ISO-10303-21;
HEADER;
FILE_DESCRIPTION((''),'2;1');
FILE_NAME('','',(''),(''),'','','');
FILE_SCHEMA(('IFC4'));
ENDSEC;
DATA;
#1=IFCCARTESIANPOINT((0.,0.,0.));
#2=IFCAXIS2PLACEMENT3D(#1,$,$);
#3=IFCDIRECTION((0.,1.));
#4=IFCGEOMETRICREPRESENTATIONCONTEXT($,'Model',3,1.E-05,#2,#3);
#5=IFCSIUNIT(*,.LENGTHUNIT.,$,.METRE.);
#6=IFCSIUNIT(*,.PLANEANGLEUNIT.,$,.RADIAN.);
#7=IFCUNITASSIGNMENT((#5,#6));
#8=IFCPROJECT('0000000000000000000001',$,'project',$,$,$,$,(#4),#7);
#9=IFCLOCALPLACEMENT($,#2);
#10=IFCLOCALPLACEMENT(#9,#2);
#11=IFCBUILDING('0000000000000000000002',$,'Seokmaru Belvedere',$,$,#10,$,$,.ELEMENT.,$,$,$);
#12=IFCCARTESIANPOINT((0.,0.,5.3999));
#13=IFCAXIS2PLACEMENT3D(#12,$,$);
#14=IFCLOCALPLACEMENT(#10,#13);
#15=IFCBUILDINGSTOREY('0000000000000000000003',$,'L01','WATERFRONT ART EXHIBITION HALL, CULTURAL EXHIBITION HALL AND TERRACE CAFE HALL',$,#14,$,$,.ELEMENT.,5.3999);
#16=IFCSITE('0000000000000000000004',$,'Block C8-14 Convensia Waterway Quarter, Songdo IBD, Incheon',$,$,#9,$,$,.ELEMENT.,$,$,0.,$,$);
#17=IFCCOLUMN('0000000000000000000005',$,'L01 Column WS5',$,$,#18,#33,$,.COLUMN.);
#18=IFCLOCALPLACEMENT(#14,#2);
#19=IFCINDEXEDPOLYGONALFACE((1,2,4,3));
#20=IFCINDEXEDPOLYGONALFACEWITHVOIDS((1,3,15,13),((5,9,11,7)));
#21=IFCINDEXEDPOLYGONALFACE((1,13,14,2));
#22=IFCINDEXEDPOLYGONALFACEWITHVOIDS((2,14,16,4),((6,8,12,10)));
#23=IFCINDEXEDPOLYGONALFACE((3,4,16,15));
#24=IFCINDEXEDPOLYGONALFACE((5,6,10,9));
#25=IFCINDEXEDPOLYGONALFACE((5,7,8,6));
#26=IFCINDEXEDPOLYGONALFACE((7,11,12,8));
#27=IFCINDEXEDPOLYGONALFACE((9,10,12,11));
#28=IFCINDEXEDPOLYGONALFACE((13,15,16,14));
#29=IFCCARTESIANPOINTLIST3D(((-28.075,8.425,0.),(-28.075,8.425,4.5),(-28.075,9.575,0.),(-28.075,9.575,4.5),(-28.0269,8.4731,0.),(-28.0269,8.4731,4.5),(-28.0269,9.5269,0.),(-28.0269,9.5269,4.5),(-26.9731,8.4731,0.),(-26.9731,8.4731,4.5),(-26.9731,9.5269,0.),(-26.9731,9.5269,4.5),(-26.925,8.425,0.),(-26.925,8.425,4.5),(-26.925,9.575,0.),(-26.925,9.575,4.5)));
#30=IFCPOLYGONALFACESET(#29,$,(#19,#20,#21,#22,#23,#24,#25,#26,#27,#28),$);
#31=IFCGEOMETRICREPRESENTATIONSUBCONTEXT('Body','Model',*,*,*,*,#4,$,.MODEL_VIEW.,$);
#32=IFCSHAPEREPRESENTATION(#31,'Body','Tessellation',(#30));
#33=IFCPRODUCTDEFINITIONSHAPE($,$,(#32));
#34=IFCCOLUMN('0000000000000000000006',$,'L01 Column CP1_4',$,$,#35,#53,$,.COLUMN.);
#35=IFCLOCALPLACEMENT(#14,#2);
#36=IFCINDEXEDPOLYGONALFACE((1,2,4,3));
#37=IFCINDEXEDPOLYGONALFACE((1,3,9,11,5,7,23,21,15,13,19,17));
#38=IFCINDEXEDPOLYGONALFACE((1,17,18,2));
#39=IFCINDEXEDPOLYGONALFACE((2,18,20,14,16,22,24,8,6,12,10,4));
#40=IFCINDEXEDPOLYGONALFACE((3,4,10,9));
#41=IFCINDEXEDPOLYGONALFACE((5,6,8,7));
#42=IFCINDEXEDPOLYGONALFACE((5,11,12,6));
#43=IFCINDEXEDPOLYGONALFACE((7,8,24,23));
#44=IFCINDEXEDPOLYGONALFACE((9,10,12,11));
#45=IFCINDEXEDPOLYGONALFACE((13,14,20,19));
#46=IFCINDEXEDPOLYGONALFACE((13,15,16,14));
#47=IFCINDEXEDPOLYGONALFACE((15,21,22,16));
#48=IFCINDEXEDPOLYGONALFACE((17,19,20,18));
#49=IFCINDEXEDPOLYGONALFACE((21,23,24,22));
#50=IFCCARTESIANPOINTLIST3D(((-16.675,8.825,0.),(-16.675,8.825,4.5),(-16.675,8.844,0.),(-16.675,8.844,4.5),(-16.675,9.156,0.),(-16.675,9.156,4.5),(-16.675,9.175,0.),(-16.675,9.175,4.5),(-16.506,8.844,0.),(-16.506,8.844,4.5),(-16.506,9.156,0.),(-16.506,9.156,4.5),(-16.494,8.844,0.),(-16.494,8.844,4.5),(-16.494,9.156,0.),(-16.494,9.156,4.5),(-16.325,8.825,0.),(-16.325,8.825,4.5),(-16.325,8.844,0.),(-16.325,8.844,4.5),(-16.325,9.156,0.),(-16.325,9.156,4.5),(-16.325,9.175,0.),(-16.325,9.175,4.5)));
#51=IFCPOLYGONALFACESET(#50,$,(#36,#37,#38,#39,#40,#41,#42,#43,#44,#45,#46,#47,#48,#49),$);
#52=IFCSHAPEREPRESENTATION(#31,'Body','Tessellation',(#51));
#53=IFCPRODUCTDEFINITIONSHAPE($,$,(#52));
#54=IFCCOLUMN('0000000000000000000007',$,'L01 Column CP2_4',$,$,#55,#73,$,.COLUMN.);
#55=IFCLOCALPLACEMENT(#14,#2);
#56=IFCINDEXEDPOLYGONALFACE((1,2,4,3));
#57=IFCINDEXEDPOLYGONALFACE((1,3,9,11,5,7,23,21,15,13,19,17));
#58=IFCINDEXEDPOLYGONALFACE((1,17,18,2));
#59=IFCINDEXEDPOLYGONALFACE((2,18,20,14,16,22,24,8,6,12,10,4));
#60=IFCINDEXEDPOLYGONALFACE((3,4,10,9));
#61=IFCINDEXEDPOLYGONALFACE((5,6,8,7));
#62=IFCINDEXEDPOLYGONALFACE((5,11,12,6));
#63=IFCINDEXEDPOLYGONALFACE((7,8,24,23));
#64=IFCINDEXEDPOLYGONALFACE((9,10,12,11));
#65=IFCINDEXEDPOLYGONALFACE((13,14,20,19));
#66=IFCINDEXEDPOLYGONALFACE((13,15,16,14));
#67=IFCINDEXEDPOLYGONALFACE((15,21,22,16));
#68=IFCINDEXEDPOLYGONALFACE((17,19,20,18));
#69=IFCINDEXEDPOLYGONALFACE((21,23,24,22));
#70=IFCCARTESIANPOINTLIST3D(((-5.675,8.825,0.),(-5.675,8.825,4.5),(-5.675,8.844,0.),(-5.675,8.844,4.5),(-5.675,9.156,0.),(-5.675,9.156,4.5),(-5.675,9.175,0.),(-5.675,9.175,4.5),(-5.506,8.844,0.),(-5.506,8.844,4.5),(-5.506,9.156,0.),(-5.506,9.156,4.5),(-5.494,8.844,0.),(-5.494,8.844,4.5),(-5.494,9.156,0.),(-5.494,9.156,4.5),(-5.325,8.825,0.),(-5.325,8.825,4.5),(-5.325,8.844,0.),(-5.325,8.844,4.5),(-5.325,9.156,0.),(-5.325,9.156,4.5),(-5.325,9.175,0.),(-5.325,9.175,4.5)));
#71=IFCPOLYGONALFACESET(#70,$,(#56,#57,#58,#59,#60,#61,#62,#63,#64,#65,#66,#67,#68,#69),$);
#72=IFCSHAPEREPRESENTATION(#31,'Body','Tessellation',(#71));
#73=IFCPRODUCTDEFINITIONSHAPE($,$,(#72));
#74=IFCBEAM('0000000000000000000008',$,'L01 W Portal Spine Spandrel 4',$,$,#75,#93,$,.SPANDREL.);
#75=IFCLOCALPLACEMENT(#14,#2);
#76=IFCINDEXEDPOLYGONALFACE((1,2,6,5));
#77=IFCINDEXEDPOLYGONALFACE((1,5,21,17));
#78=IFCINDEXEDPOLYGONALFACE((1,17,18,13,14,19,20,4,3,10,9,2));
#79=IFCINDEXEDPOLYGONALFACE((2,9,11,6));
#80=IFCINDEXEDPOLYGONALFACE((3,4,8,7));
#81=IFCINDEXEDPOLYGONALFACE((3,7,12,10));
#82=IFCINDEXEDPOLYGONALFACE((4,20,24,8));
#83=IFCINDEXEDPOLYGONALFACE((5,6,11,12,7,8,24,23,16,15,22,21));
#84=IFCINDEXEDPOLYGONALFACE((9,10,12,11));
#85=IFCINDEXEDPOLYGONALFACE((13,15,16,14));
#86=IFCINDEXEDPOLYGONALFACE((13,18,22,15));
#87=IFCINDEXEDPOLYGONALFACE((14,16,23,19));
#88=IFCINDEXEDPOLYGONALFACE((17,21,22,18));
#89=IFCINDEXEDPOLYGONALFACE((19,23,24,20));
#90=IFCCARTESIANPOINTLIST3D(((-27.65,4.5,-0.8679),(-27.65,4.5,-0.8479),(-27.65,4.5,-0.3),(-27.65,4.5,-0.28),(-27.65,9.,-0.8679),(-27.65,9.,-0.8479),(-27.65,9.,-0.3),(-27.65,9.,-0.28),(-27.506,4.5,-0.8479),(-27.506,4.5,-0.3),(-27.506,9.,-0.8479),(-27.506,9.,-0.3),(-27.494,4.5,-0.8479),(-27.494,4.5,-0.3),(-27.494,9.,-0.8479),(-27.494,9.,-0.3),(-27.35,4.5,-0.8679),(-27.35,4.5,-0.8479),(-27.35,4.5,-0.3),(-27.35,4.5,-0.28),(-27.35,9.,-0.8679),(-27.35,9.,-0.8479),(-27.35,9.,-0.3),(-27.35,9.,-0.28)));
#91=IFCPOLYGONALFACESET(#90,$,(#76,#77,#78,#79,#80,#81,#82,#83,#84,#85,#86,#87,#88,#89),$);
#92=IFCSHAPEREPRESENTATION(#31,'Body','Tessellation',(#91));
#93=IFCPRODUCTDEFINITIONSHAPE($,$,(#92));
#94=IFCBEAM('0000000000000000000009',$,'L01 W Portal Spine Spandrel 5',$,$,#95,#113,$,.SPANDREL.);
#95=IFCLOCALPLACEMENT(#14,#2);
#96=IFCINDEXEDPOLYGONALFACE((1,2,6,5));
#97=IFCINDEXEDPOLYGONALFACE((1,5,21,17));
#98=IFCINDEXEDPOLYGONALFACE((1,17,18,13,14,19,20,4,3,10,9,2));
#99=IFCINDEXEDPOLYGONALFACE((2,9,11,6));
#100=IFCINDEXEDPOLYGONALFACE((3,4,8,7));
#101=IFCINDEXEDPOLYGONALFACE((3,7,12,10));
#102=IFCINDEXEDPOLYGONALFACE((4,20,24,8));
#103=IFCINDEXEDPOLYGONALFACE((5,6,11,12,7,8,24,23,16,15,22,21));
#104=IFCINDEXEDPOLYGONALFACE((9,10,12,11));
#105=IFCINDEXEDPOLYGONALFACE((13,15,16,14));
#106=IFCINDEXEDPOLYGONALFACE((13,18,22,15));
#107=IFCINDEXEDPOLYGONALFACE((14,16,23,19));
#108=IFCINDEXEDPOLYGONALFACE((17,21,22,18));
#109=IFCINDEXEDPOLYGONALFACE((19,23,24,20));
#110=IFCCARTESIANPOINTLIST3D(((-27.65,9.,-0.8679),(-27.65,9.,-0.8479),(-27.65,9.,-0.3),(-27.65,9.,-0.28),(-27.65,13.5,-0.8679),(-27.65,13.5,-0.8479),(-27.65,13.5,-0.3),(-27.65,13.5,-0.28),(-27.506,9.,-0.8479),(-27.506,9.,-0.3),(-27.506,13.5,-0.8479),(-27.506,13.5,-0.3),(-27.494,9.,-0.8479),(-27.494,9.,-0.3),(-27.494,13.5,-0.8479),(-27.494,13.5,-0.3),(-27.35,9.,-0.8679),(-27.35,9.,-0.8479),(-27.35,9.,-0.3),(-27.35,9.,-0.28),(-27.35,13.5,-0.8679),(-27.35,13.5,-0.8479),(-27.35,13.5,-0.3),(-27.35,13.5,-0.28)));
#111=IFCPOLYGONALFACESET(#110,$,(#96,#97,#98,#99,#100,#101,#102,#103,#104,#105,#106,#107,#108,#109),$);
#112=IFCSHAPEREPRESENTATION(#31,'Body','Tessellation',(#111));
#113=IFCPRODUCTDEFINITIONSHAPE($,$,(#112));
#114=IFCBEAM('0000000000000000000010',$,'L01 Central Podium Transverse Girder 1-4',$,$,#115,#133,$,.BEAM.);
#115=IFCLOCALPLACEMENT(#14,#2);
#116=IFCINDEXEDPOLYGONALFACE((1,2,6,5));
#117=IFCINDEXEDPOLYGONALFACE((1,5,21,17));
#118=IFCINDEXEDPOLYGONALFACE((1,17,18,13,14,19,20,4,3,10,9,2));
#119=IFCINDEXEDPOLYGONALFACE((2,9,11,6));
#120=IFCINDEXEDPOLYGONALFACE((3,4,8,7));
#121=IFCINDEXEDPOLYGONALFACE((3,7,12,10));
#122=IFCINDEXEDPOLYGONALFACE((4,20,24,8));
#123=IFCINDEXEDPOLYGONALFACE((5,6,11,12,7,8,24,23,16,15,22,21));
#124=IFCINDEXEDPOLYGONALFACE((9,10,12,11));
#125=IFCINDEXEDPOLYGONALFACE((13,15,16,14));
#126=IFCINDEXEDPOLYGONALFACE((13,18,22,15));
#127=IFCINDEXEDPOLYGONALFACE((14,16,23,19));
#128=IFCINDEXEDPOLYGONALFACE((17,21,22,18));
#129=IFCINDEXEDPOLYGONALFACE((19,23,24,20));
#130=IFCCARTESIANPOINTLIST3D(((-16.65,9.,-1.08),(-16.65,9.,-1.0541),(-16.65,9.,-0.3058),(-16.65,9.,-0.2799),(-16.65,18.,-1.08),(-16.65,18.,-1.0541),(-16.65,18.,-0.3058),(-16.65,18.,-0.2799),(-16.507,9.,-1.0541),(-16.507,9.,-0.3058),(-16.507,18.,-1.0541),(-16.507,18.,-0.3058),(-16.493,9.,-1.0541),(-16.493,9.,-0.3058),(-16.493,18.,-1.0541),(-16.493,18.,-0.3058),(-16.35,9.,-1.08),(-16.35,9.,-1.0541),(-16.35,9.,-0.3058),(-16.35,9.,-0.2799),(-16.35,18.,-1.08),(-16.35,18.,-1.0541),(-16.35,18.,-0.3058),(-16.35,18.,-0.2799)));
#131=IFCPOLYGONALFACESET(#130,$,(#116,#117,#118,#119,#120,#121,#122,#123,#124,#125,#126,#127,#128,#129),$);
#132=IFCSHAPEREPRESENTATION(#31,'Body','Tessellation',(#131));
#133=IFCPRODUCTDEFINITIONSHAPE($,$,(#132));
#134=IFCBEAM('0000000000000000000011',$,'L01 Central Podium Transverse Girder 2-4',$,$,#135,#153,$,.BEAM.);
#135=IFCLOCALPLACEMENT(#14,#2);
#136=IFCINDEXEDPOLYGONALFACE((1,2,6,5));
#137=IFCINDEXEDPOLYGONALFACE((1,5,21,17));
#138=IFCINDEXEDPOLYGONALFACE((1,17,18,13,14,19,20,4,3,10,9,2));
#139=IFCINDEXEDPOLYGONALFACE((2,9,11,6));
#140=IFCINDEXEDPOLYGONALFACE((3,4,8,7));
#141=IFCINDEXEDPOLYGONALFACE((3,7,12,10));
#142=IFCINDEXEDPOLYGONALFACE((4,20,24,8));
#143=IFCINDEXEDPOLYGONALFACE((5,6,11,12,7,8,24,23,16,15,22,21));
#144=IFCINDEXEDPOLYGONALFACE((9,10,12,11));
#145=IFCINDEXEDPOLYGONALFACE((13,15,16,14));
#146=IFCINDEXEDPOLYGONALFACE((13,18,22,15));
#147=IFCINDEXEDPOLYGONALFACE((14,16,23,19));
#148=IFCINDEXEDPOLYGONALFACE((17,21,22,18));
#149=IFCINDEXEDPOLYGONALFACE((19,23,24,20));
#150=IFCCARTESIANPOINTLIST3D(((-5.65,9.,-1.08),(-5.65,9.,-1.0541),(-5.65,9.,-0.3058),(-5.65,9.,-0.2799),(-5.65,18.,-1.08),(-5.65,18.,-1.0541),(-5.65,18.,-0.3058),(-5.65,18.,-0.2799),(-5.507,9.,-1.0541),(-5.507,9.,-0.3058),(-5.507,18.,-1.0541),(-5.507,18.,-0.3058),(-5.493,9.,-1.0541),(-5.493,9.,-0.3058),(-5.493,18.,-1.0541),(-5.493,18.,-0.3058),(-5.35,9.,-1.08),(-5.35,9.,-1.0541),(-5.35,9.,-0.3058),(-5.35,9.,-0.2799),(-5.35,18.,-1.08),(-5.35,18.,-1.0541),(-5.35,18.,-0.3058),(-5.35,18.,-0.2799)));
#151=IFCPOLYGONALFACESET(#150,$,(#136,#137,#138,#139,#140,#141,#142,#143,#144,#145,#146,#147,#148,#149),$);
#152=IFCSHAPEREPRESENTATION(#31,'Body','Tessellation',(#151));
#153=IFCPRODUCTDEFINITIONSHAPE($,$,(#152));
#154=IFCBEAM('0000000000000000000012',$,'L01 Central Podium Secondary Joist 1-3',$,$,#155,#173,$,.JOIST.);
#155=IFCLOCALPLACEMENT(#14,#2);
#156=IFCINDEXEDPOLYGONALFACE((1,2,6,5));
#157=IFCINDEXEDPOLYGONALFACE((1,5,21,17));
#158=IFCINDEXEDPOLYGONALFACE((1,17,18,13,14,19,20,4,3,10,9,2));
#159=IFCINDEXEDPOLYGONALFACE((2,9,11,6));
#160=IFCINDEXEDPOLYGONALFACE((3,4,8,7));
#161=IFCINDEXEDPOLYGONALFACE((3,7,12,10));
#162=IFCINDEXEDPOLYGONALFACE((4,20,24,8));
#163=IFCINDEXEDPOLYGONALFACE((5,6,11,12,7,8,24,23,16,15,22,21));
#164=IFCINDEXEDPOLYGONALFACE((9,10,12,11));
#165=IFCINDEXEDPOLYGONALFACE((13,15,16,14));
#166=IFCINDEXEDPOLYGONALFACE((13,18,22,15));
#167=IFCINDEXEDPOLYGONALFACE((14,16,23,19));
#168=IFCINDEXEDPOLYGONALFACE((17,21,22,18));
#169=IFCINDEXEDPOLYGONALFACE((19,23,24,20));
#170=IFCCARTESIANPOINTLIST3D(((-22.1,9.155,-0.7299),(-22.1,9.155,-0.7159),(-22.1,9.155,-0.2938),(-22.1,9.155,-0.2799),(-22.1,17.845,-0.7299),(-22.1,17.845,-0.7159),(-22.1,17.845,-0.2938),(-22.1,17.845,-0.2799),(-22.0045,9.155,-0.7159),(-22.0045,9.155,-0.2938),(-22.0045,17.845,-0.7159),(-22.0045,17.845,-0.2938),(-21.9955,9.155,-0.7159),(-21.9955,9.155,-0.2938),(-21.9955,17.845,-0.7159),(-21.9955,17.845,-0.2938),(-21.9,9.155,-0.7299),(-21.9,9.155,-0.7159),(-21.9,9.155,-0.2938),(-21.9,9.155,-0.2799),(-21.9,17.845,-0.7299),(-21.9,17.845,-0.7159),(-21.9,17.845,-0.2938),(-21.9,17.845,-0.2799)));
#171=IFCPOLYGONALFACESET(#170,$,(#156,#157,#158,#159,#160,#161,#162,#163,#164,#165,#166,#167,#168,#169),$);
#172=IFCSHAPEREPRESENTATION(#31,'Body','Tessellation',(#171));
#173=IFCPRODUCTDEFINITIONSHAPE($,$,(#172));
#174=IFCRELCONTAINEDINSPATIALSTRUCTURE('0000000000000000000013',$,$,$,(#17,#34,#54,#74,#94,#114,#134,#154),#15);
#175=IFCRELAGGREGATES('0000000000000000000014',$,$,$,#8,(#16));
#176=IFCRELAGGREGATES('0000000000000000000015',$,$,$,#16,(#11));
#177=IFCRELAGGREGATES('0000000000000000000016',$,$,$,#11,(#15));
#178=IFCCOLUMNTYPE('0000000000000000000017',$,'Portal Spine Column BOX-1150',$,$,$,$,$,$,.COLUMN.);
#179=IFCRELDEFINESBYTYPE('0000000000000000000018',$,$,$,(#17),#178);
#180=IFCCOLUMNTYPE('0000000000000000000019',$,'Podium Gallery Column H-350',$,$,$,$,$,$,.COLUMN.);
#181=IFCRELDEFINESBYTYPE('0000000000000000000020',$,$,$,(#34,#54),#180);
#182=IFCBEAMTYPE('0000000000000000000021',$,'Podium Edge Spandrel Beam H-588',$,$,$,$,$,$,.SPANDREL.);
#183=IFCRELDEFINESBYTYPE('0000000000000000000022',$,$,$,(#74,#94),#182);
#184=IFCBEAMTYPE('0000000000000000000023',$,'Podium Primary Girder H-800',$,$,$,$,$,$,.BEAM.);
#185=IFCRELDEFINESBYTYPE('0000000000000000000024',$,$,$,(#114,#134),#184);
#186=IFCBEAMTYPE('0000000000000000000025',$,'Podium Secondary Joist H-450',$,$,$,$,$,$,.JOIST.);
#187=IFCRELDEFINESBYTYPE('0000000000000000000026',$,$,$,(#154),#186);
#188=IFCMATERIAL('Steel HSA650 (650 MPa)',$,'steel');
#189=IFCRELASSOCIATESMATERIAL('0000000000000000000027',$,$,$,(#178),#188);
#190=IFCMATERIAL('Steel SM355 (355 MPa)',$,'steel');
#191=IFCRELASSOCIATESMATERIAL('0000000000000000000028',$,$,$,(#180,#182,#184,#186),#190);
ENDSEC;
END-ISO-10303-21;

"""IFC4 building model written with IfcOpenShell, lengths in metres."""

from ifc_helpers import new_model, si_unit, direction, frame, origin, origin_2d, place, context, subcontext, project, spatial, hollow_rectangle, i_section, extrude, source, transform, mapped, material, material_profile, profile_set, type_object, type_shapes, element, save


model = new_model("IFC4")

# Units and contexts
model_context = context("Model", 3, precision=1e-05, world=origin(), true_north=direction((0.0, 1.0)))
body_context = subcontext(model_context, "Body", "Model", "MODEL_VIEW")
ifc_project = project(units=[si_unit("LENGTHUNIT", "METRE"), si_unit("PLANEANGLEUNIT", "RADIAN")], contexts=[model_context])

# Site, building, storey
site_placement = place(None, origin())
site = spatial("IfcSite", under=ifc_project, at=site_placement, Name="Block C8-14 Convensia Waterway Quarter, Songdo IBD, Incheon", CompositionType="ELEMENT", RefElevation=0.0)
building_placement = place(site_placement, origin())
building = spatial("IfcBuilding", under=site, at=building_placement, Name="Seokmaru Belvedere", CompositionType="ELEMENT")
storey_placement = place(building_placement, frame((0.0, 0.0, 5.3999)))
storey = spatial("IfcBuildingStorey", under=building, at=storey_placement, Name="L01", Description="WATERFRONT ART EXHIBITION HALL, CULTURAL EXHIBITION HALL AND TERRACE CAFE HALL", CompositionType="ELEMENT", Elevation=5.3999)

# Columns
ifc_material_1 = material(Name="Steel HSA650 (650 MPa)", Category="steel")
ifc_material_profile_1 = material_profile(ifc_material_1, hollow_rectangle(XDim=1.1499, YDim=1.1499, WallThickness=0.0481, at=origin_2d()), Name="BOX-1150x1150x48")
ifc_profile_set_1 = profile_set([ifc_material_profile_1], Name="Steel HSA650 (650 MPa)")
column_type_1 = type_object("IfcColumnType", Name="Portal Spine Column BOX-1150", PredefinedType="COLUMN", material=ifc_profile_set_1)
shared_shape_1 = source(origin(), body_context, "Body", "SweptSolid", [
    extrude(hollow_rectangle(XDim=1.1499, YDim=1.1499, WallThickness=0.0481, at=origin_2d()), origin(), (0.0, 0.0, 1.0), 4.5),
])
type_shapes(column_type_1, [shared_shape_1])
column_placement = place(storey_placement, frame((-27.5, 9.0, 0.0), z_axis=(0.0, 0.0, 1.0), x_axis=(1.0, 0.0, 0.0)))
element("IfcColumn", 1, at=column_placement, inside=storey, type_object=column_type_1, Name="L01 Column WS5", PredefinedType="COLUMN", context=body_context, shape_type="MappedRepresentation", body=[
    mapped(shared_shape_1, transform((0.0, 0.0, 0.0), scale=1.0)),
])
ifc_material_2 = material(Name="Steel SM355 (355 MPa)", Category="steel")
ifc_material_profile_2 = material_profile(ifc_material_2, i_section(OverallWidth=0.3501, OverallDepth=0.3501, WebThickness=0.012, FlangeThickness=0.019, at=origin_2d()), Name="H-350x350x12x19")
ifc_profile_set_2 = profile_set([ifc_material_profile_2], Name="Steel SM355 (355 MPa)")
column_type_2 = type_object("IfcColumnType", Name="Podium Gallery Column H-350", PredefinedType="COLUMN", material=ifc_profile_set_2)
shared_shape_2 = source(origin(), body_context, "Body", "SweptSolid", [
    extrude(i_section(OverallWidth=0.3501, OverallDepth=0.3501, WebThickness=0.012, FlangeThickness=0.019, at=origin_2d()), origin(), (0.0, 0.0, 1.0), 4.5),
])
type_shapes(column_type_2, [shared_shape_2])
for number, where, z_axis, x_axis, name in (
    (2, (-16.5, 9.0, 0.0), (0.0, 0.0, 1.0), (1.0, 0.0, 0.0), "L01 Column CP1_4"),
    (3, (-5.5, 9.0, 0.0), (0.0, 0.0, 1.0), (1.0, 0.0, 0.0), "L01 Column CP2_4"),
):
    element("IfcColumn", number, at=place(storey_placement, frame(where, z_axis=z_axis, x_axis=x_axis)), inside=storey, type_object=column_type_2, Name=name, PredefinedType="COLUMN", context=body_context, shape_type="MappedRepresentation", body=[
        mapped(shared_shape_2, transform((0.0, 0.0, 0.0), scale=1.0)),
    ])

# Beams
ifc_material_profile_3 = material_profile(ifc_material_2, i_section(OverallWidth=0.3, OverallDepth=0.5879, WebThickness=0.012, FlangeThickness=0.02, at=origin_2d()), Name="H-588x300x12x20")
ifc_profile_set_3 = profile_set([ifc_material_profile_3], Name="Steel SM355 (355 MPa)")
beam_type_1 = type_object("IfcBeamType", Name="Podium Edge Spandrel Beam H-588", PredefinedType="SPANDREL", material=ifc_profile_set_3)
shared_shape_3 = source(origin(), body_context, "Body", "SweptSolid", [
    extrude(i_section(OverallWidth=0.3, OverallDepth=0.5879, WebThickness=0.012, FlangeThickness=0.02, at=origin_2d()), origin(), (0.0, 0.0, 1.0), 4.5),
])
type_shapes(beam_type_1, [shared_shape_3])
for number, where, z_axis, x_axis, name in (
    (4, (-27.5, 4.5, -0.574), (0.0, 1.0, 0.0), (-1.0, 0.0, 0.0), "L01 W Portal Spine Spandrel 4"),
    (5, (-27.5, 9.0, -0.574), (0.0, 1.0, 0.0), (-1.0, 0.0, 0.0), "L01 W Portal Spine Spandrel 5"),
):
    element("IfcBeam", number, at=place(storey_placement, frame(where, z_axis=z_axis, x_axis=x_axis)), inside=storey, type_object=beam_type_1, Name=name, PredefinedType="SPANDREL", context=body_context, shape_type="MappedRepresentation", body=[
        mapped(shared_shape_3, transform((0.0, 0.0, 0.0), scale=1.0)),
    ])
ifc_material_profile_4 = material_profile(ifc_material_2, i_section(OverallWidth=0.3, OverallDepth=0.8, WebThickness=0.0139, FlangeThickness=0.0259, at=origin_2d()), Name="H-800x300x14x26")
ifc_profile_set_4 = profile_set([ifc_material_profile_4], Name="Steel SM355 (355 MPa)")
beam_type_2 = type_object("IfcBeamType", Name="Podium Primary Girder H-800", PredefinedType="BEAM", material=ifc_profile_set_4)
shared_shape_4 = source(origin(), body_context, "Body", "SweptSolid", [
    extrude(i_section(OverallWidth=0.3, OverallDepth=0.8, WebThickness=0.0139, FlangeThickness=0.0259, at=origin_2d()), origin(), (0.0, 0.0, 1.0), 9.0),
])
for number, where, z_axis, x_axis, name in (
    (6, (-16.5, 9.0, -0.6799), (0.0, 1.0, 0.0), (-1.0, 0.0, 0.0), "L01 Central Podium Transverse Girder 1-4"),
    (7, (-5.5, 9.0, -0.6799), (0.0, 1.0, 0.0), (-1.0, 0.0, 0.0), "L01 Central Podium Transverse Girder 2-4"),
):
    element("IfcBeam", number, at=place(storey_placement, frame(where, z_axis=z_axis, x_axis=x_axis)), inside=storey, type_object=beam_type_2, Name=name, PredefinedType="BEAM", context=body_context, shape_type="MappedRepresentation", body=[
        mapped(shared_shape_4, transform((0.0, 0.0, 0.0), scale=1.0)),
    ])
ifc_material_profile_5 = material_profile(ifc_material_2, i_section(OverallWidth=0.2, OverallDepth=0.45, WebThickness=0.009, FlangeThickness=0.0139, at=origin_2d()), Name="H-450x200x9x14")
ifc_profile_set_5 = profile_set([ifc_material_profile_5], Name="Steel SM355 (355 MPa)")
beam_type_3 = type_object("IfcBeamType", Name="Podium Secondary Joist H-450", PredefinedType="JOIST", material=ifc_profile_set_5)
shared_shape_5 = source(origin(), body_context, "Body", "SweptSolid", [
    extrude(i_section(OverallWidth=0.2, OverallDepth=0.45, WebThickness=0.009, FlangeThickness=0.0139, at=origin_2d()), origin(), (0.0, 0.0, 1.0), 8.6899),
])
type_shapes(beam_type_3, [shared_shape_5])
for number, where, z_axis, x_axis, name in (
    (8, (-22.0, 9.155, -0.5049), (0.0, 1.0, 0.0), (-1.0, 0.0, 0.0), "L01 Central Podium Secondary Joist 1-3"),
):
    element("IfcBeam", number, at=place(storey_placement, frame(where, z_axis=z_axis, x_axis=x_axis)), inside=storey, type_object=beam_type_3, Name=name, PredefinedType="JOIST", context=body_context, shape_type="MappedRepresentation", body=[
        mapped(shared_shape_5, transform((0.0, 0.0, 0.0), scale=1.0)),
    ])

save(model, "model.ifc")
